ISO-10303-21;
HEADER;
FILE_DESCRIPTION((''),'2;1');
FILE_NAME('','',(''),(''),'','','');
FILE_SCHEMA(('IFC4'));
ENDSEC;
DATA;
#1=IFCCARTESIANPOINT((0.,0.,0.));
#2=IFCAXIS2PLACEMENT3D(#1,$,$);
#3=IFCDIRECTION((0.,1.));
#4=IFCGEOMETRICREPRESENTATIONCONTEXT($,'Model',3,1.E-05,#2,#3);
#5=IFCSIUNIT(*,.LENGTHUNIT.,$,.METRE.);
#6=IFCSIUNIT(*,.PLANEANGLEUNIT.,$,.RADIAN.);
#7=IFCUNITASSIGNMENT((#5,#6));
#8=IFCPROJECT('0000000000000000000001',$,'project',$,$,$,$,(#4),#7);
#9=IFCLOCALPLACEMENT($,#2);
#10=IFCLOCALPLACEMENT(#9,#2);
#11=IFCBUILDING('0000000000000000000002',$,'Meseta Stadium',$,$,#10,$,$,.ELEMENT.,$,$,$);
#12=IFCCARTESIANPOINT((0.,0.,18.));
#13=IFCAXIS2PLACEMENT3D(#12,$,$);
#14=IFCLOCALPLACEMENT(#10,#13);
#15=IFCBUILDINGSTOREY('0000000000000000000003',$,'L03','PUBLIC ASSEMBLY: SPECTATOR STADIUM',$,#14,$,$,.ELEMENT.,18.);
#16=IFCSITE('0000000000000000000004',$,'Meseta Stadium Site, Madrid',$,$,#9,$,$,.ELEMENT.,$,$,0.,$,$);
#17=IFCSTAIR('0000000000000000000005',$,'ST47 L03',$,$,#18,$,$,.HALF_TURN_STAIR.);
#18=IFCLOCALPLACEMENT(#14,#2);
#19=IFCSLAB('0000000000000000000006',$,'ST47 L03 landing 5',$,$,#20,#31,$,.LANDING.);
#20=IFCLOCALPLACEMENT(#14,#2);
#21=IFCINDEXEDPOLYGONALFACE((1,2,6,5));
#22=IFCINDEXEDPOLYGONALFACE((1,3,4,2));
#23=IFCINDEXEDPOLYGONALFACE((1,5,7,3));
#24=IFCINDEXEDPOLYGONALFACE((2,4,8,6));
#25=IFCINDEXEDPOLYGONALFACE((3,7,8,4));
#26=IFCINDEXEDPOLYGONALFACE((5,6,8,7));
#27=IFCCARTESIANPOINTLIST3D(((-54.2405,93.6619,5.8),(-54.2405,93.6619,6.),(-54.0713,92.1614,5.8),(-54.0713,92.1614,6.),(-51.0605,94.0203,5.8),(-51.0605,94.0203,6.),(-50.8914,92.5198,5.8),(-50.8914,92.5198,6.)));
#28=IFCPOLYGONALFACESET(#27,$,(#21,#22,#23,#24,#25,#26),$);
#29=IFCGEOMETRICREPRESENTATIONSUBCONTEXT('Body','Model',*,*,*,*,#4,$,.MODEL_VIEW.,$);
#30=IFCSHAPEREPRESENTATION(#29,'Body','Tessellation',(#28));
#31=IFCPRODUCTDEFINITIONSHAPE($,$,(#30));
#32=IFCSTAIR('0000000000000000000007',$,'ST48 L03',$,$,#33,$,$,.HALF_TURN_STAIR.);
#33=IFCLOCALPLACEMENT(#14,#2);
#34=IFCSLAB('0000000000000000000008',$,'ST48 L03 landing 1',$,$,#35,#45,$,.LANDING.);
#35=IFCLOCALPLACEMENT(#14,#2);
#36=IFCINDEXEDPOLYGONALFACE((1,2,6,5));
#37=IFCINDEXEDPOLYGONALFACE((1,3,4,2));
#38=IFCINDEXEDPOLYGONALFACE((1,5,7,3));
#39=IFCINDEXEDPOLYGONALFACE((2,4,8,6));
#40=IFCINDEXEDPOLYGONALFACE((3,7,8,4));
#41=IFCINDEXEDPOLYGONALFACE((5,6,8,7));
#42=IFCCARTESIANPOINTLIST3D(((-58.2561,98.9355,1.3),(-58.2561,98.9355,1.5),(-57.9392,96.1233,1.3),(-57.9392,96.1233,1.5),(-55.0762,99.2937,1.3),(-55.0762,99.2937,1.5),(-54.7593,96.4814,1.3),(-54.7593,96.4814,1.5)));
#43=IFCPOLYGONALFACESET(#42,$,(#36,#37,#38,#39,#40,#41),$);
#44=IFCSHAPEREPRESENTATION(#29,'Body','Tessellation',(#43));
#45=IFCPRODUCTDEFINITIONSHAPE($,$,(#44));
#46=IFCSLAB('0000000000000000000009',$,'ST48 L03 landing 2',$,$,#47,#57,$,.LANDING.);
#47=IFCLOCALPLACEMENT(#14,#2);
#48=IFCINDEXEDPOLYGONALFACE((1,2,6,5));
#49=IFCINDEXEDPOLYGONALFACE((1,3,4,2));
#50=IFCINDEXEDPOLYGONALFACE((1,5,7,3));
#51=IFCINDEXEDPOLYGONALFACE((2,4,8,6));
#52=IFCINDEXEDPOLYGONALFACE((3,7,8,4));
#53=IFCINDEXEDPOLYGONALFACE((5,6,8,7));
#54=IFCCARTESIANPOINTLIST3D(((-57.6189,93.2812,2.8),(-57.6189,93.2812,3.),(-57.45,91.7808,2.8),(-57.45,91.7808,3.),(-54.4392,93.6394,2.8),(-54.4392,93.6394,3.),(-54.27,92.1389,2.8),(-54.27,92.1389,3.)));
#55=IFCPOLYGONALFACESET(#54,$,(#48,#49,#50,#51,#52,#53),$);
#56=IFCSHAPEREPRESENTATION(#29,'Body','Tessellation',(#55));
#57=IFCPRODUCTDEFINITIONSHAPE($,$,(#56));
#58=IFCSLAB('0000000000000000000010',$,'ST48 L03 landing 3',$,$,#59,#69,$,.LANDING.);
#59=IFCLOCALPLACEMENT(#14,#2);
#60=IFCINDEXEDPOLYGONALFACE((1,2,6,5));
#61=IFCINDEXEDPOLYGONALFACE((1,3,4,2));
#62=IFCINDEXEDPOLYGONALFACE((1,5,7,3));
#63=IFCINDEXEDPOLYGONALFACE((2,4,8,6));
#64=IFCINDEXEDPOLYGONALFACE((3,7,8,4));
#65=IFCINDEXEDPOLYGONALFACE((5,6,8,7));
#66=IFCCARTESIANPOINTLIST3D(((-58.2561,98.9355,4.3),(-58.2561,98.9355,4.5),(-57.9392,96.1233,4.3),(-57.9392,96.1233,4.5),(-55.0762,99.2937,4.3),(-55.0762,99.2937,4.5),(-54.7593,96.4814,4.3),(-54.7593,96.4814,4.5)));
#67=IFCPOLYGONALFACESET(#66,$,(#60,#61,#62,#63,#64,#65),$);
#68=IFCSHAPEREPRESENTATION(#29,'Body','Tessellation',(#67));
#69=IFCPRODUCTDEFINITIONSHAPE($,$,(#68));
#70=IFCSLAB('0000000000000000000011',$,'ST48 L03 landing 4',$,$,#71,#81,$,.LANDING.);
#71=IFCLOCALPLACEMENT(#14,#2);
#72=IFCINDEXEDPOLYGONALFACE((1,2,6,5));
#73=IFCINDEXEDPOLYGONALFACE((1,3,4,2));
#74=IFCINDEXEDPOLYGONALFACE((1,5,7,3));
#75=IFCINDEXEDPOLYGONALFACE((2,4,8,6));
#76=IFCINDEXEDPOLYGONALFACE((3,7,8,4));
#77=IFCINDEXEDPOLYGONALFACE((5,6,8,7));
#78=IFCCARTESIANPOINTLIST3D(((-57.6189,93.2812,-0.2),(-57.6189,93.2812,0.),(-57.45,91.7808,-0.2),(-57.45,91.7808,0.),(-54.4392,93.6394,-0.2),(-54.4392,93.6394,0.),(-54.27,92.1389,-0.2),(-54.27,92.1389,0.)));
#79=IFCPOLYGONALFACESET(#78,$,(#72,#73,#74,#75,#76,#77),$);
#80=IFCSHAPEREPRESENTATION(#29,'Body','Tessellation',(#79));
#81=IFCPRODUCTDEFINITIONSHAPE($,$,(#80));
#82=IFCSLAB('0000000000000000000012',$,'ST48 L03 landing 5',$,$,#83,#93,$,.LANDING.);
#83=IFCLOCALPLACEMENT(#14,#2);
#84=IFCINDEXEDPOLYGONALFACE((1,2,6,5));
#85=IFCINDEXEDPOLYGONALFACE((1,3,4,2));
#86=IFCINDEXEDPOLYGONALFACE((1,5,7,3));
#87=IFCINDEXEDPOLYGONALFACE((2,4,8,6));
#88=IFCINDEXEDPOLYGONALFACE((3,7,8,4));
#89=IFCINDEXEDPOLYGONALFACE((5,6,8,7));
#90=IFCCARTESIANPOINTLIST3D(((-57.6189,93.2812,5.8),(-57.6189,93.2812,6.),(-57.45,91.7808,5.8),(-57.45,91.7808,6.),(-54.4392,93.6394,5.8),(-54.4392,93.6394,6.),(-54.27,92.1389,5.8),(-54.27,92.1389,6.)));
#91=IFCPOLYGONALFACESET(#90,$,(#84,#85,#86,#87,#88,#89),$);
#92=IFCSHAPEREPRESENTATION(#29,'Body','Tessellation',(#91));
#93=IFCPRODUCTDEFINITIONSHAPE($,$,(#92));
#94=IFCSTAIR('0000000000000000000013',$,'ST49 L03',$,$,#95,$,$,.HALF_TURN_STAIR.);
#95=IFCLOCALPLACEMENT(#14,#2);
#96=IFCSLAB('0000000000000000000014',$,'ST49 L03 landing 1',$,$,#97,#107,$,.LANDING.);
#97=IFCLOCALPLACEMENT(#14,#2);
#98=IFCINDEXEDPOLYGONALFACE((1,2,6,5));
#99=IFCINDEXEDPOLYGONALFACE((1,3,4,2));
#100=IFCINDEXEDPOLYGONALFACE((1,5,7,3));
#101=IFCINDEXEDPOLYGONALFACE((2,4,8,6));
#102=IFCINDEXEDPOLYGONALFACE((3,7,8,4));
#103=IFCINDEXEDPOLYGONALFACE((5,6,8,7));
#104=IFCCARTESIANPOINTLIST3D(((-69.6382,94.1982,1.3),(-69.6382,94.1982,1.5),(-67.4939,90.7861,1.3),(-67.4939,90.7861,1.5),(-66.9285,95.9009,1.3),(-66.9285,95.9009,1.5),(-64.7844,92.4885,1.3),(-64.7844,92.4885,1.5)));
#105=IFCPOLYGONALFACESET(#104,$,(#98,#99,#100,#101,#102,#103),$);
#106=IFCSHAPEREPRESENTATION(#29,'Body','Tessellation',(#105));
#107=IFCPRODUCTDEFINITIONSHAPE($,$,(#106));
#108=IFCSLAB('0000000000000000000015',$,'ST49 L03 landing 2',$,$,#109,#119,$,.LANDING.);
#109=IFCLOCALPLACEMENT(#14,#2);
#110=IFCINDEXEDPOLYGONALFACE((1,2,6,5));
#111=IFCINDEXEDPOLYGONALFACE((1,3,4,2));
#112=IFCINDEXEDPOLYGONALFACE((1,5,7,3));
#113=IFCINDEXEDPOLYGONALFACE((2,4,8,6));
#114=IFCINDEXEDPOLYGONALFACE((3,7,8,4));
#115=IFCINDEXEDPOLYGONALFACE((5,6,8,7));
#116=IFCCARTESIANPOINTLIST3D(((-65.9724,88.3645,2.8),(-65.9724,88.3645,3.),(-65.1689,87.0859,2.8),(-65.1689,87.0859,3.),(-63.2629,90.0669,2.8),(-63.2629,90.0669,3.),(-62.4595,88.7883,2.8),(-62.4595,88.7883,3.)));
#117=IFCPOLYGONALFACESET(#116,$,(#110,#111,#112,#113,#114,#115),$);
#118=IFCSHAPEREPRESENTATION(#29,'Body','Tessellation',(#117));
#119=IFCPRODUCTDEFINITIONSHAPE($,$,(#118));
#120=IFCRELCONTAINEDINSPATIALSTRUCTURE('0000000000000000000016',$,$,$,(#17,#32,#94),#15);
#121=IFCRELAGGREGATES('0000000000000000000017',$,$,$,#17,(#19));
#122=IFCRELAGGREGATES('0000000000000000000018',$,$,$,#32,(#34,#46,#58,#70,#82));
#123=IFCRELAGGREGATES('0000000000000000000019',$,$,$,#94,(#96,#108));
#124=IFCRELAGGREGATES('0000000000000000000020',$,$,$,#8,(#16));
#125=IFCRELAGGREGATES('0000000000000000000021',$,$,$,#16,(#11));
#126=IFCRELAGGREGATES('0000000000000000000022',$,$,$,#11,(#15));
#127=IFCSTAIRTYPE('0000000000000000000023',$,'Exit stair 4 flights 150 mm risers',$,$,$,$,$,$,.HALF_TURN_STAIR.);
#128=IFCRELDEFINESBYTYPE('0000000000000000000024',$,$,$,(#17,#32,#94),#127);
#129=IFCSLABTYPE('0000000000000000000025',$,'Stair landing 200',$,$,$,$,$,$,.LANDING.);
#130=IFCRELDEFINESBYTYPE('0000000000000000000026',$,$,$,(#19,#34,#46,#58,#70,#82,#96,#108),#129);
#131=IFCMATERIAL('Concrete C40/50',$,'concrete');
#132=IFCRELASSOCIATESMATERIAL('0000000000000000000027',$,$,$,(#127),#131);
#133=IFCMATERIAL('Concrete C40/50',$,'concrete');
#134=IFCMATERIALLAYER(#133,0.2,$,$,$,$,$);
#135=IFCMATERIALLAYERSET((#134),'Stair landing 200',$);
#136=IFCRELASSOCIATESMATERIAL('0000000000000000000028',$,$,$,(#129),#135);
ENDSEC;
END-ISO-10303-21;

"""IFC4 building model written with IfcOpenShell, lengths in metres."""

from ifc_helpers import new_model, si_unit, direction, frame, origin, place, context, subcontext, project, spatial, polyline, outline, extrude, material, layer, layer_set, type_object, element, aggregate, save


model = new_model("IFC4")

# Units and contexts
model_context = context("Model", 3, precision=1e-05, world=origin(), true_north=direction((0.0, 1.0)))
body_context = subcontext(model_context, "Body", "Model", "MODEL_VIEW")
ifc_project = project(units=[si_unit("LENGTHUNIT", "METRE"), si_unit("PLANEANGLEUNIT", "RADIAN")], contexts=[model_context])

# Site, building, storey
site_placement = place(None, origin())
site = spatial("IfcSite", under=ifc_project, at=site_placement, Name="Meseta Stadium Site, Madrid", CompositionType="ELEMENT", RefElevation=0.0)
building_placement = place(site_placement, origin())
building = spatial("IfcBuilding", under=site, at=building_placement, Name="Meseta Stadium", CompositionType="ELEMENT")
storey_placement = place(building_placement, frame((0.0, 0.0, 18.0)))
storey = spatial("IfcBuildingStorey", under=building, at=storey_placement, Name="L03", Description="PUBLIC ASSEMBLY: SPECTATOR STADIUM", CompositionType="ELEMENT", Elevation=18.0)

# Stairs, slabs
ifc_material_1 = material(Name="Concrete C40/50", Category="concrete")
stair_type = type_object("IfcStairType", Name="Exit stair 4 flights 150 mm risers", PredefinedType="HALF_TURN_STAIR", material=ifc_material_1)
ifc_material_2 = material(Name="Concrete C40/50", Category="concrete")
ifc_layer_1 = layer(ifc_material_2, 0.2)
ifc_layer_set_1 = layer_set([ifc_layer_1], Name="Stair landing 200")
slab_type_1 = type_object("IfcSlabType", Name="Stair landing 200", PredefinedType="LANDING", material=ifc_layer_set_1)
stair_1_placement = place(storey_placement, origin())
stair_1 = element("IfcStair", 1, at=stair_1_placement, inside=storey, type_object=stair_type, Name="ST47 L03", PredefinedType="HALF_TURN_STAIR")
slab_1_placement = place(storey_placement, frame((0.0, 0.0, 5.8)))
slab_1 = element("IfcSlab", 2, at=slab_1_placement, type_object=slab_type_1, Name="ST47 L03 landing 5", PredefinedType="LANDING", context=body_context, shape_type="SweptSolid", body=[
    extrude(outline(polyline([(-50.8914, 92.5198), (-51.0605, 94.0203), (-54.2405, 93.6619), (-54.0713, 92.1614), (-50.8914, 92.5198)])), origin(), (0.0, 0.0, 1.0), 0.2),
])
aggregate(stair_1, [slab_1])
stair_2_placement = place(storey_placement, origin())
stair_2 = element("IfcStair", 3, at=stair_2_placement, inside=storey, type_object=stair_type, Name="ST48 L03", PredefinedType="HALF_TURN_STAIR")
slab_2_placement = place(storey_placement, frame((0.0, 0.0, 1.3)))
slab_2 = element("IfcSlab", 4, at=slab_2_placement, type_object=slab_type_1, Name="ST48 L03 landing 1", PredefinedType="LANDING", context=body_context, shape_type="SweptSolid", body=[
    extrude(outline(polyline([(-54.7593, 96.4814), (-55.0762, 99.2937), (-58.2561, 98.9355), (-57.9392, 96.1233), (-54.7593, 96.4814)])), origin(), (0.0, 0.0, 1.0), 0.2),
])
slab_3_placement = place(storey_placement, frame((0.0, 0.0, 2.8)))
slab_3 = element("IfcSlab", 5, at=slab_3_placement, type_object=slab_type_1, Name="ST48 L03 landing 2", PredefinedType="LANDING", context=body_context, shape_type="SweptSolid", body=[
    extrude(outline(polyline([(-54.27, 92.1389), (-54.4392, 93.6394), (-57.6189, 93.2812), (-57.45, 91.7808), (-54.27, 92.1389)])), origin(), (0.0, 0.0, 1.0), 0.2),
])
slab_4_placement = place(storey_placement, frame((0.0, 0.0, 4.3)))
slab_4 = element("IfcSlab", 6, at=slab_4_placement, type_object=slab_type_1, Name="ST48 L03 landing 3", PredefinedType="LANDING", context=body_context, shape_type="SweptSolid", body=[
    extrude(outline(polyline([(-54.7593, 96.4814), (-55.0762, 99.2937), (-58.2561, 98.9355), (-57.9392, 96.1233), (-54.7593, 96.4814)])), origin(), (0.0, 0.0, 1.0), 0.2),
])
slab_5_placement = place(storey_placement, frame((0.0, 0.0, -0.2)))
slab_5 = element("IfcSlab", 7, at=slab_5_placement, type_object=slab_type_1, Name="ST48 L03 landing 4", PredefinedType="LANDING", context=body_context, shape_type="SweptSolid", body=[
    extrude(outline(polyline([(-54.27, 92.1389), (-54.4392, 93.6394), (-57.6189, 93.2812), (-57.45, 91.7808), (-54.27, 92.1389)])), origin(), (0.0, 0.0, 1.0), 0.2),
])
slab_6_placement = place(storey_placement, frame((0.0, 0.0, 5.8)))
slab_6 = element("IfcSlab", 8, at=slab_6_placement, type_object=slab_type_1, Name="ST48 L03 landing 5", PredefinedType="LANDING", context=body_context, shape_type="SweptSolid", body=[
    extrude(outline(polyline([(-54.27, 92.1389), (-54.4392, 93.6394), (-57.6189, 93.2812), (-57.45, 91.7808), (-54.27, 92.1389)])), origin(), (0.0, 0.0, 1.0), 0.2),
])
aggregate(stair_2, [slab_2, slab_3, slab_4, slab_5, slab_6])
stair_3_placement = place(storey_placement, origin())
stair_3 = element("IfcStair", 9, at=stair_3_placement, inside=storey, type_object=stair_type, Name="ST49 L03", PredefinedType="HALF_TURN_STAIR")
slab_7_placement = place(storey_placement, frame((0.0, 0.0, 1.3)))
slab_7 = element("IfcSlab", 10, at=slab_7_placement, type_object=slab_type_1, Name="ST49 L03 landing 1", PredefinedType="LANDING", context=body_context, shape_type="SweptSolid", body=[
    extrude(outline(polyline([(-64.7844, 92.4885), (-66.9285, 95.9009), (-69.6382, 94.1982), (-67.4939, 90.7861), (-64.7844, 92.4885)])), origin(), (0.0, 0.0, 1.0), 0.2),
])
slab_8_placement = place(storey_placement, frame((0.0, 0.0, 2.8)))
slab_8 = element("IfcSlab", 11, at=slab_8_placement, type_object=slab_type_1, Name="ST49 L03 landing 2", PredefinedType="LANDING", context=body_context, shape_type="SweptSolid", body=[
    extrude(outline(polyline([(-62.4595, 88.7883), (-63.2629, 90.0669), (-65.9724, 88.3645), (-65.1689, 87.0859), (-62.4595, 88.7883)])), origin(), (0.0, 0.0, 1.0), 0.2),
])
aggregate(stair_3, [slab_7, slab_8])

save(model, "model.ifc")
